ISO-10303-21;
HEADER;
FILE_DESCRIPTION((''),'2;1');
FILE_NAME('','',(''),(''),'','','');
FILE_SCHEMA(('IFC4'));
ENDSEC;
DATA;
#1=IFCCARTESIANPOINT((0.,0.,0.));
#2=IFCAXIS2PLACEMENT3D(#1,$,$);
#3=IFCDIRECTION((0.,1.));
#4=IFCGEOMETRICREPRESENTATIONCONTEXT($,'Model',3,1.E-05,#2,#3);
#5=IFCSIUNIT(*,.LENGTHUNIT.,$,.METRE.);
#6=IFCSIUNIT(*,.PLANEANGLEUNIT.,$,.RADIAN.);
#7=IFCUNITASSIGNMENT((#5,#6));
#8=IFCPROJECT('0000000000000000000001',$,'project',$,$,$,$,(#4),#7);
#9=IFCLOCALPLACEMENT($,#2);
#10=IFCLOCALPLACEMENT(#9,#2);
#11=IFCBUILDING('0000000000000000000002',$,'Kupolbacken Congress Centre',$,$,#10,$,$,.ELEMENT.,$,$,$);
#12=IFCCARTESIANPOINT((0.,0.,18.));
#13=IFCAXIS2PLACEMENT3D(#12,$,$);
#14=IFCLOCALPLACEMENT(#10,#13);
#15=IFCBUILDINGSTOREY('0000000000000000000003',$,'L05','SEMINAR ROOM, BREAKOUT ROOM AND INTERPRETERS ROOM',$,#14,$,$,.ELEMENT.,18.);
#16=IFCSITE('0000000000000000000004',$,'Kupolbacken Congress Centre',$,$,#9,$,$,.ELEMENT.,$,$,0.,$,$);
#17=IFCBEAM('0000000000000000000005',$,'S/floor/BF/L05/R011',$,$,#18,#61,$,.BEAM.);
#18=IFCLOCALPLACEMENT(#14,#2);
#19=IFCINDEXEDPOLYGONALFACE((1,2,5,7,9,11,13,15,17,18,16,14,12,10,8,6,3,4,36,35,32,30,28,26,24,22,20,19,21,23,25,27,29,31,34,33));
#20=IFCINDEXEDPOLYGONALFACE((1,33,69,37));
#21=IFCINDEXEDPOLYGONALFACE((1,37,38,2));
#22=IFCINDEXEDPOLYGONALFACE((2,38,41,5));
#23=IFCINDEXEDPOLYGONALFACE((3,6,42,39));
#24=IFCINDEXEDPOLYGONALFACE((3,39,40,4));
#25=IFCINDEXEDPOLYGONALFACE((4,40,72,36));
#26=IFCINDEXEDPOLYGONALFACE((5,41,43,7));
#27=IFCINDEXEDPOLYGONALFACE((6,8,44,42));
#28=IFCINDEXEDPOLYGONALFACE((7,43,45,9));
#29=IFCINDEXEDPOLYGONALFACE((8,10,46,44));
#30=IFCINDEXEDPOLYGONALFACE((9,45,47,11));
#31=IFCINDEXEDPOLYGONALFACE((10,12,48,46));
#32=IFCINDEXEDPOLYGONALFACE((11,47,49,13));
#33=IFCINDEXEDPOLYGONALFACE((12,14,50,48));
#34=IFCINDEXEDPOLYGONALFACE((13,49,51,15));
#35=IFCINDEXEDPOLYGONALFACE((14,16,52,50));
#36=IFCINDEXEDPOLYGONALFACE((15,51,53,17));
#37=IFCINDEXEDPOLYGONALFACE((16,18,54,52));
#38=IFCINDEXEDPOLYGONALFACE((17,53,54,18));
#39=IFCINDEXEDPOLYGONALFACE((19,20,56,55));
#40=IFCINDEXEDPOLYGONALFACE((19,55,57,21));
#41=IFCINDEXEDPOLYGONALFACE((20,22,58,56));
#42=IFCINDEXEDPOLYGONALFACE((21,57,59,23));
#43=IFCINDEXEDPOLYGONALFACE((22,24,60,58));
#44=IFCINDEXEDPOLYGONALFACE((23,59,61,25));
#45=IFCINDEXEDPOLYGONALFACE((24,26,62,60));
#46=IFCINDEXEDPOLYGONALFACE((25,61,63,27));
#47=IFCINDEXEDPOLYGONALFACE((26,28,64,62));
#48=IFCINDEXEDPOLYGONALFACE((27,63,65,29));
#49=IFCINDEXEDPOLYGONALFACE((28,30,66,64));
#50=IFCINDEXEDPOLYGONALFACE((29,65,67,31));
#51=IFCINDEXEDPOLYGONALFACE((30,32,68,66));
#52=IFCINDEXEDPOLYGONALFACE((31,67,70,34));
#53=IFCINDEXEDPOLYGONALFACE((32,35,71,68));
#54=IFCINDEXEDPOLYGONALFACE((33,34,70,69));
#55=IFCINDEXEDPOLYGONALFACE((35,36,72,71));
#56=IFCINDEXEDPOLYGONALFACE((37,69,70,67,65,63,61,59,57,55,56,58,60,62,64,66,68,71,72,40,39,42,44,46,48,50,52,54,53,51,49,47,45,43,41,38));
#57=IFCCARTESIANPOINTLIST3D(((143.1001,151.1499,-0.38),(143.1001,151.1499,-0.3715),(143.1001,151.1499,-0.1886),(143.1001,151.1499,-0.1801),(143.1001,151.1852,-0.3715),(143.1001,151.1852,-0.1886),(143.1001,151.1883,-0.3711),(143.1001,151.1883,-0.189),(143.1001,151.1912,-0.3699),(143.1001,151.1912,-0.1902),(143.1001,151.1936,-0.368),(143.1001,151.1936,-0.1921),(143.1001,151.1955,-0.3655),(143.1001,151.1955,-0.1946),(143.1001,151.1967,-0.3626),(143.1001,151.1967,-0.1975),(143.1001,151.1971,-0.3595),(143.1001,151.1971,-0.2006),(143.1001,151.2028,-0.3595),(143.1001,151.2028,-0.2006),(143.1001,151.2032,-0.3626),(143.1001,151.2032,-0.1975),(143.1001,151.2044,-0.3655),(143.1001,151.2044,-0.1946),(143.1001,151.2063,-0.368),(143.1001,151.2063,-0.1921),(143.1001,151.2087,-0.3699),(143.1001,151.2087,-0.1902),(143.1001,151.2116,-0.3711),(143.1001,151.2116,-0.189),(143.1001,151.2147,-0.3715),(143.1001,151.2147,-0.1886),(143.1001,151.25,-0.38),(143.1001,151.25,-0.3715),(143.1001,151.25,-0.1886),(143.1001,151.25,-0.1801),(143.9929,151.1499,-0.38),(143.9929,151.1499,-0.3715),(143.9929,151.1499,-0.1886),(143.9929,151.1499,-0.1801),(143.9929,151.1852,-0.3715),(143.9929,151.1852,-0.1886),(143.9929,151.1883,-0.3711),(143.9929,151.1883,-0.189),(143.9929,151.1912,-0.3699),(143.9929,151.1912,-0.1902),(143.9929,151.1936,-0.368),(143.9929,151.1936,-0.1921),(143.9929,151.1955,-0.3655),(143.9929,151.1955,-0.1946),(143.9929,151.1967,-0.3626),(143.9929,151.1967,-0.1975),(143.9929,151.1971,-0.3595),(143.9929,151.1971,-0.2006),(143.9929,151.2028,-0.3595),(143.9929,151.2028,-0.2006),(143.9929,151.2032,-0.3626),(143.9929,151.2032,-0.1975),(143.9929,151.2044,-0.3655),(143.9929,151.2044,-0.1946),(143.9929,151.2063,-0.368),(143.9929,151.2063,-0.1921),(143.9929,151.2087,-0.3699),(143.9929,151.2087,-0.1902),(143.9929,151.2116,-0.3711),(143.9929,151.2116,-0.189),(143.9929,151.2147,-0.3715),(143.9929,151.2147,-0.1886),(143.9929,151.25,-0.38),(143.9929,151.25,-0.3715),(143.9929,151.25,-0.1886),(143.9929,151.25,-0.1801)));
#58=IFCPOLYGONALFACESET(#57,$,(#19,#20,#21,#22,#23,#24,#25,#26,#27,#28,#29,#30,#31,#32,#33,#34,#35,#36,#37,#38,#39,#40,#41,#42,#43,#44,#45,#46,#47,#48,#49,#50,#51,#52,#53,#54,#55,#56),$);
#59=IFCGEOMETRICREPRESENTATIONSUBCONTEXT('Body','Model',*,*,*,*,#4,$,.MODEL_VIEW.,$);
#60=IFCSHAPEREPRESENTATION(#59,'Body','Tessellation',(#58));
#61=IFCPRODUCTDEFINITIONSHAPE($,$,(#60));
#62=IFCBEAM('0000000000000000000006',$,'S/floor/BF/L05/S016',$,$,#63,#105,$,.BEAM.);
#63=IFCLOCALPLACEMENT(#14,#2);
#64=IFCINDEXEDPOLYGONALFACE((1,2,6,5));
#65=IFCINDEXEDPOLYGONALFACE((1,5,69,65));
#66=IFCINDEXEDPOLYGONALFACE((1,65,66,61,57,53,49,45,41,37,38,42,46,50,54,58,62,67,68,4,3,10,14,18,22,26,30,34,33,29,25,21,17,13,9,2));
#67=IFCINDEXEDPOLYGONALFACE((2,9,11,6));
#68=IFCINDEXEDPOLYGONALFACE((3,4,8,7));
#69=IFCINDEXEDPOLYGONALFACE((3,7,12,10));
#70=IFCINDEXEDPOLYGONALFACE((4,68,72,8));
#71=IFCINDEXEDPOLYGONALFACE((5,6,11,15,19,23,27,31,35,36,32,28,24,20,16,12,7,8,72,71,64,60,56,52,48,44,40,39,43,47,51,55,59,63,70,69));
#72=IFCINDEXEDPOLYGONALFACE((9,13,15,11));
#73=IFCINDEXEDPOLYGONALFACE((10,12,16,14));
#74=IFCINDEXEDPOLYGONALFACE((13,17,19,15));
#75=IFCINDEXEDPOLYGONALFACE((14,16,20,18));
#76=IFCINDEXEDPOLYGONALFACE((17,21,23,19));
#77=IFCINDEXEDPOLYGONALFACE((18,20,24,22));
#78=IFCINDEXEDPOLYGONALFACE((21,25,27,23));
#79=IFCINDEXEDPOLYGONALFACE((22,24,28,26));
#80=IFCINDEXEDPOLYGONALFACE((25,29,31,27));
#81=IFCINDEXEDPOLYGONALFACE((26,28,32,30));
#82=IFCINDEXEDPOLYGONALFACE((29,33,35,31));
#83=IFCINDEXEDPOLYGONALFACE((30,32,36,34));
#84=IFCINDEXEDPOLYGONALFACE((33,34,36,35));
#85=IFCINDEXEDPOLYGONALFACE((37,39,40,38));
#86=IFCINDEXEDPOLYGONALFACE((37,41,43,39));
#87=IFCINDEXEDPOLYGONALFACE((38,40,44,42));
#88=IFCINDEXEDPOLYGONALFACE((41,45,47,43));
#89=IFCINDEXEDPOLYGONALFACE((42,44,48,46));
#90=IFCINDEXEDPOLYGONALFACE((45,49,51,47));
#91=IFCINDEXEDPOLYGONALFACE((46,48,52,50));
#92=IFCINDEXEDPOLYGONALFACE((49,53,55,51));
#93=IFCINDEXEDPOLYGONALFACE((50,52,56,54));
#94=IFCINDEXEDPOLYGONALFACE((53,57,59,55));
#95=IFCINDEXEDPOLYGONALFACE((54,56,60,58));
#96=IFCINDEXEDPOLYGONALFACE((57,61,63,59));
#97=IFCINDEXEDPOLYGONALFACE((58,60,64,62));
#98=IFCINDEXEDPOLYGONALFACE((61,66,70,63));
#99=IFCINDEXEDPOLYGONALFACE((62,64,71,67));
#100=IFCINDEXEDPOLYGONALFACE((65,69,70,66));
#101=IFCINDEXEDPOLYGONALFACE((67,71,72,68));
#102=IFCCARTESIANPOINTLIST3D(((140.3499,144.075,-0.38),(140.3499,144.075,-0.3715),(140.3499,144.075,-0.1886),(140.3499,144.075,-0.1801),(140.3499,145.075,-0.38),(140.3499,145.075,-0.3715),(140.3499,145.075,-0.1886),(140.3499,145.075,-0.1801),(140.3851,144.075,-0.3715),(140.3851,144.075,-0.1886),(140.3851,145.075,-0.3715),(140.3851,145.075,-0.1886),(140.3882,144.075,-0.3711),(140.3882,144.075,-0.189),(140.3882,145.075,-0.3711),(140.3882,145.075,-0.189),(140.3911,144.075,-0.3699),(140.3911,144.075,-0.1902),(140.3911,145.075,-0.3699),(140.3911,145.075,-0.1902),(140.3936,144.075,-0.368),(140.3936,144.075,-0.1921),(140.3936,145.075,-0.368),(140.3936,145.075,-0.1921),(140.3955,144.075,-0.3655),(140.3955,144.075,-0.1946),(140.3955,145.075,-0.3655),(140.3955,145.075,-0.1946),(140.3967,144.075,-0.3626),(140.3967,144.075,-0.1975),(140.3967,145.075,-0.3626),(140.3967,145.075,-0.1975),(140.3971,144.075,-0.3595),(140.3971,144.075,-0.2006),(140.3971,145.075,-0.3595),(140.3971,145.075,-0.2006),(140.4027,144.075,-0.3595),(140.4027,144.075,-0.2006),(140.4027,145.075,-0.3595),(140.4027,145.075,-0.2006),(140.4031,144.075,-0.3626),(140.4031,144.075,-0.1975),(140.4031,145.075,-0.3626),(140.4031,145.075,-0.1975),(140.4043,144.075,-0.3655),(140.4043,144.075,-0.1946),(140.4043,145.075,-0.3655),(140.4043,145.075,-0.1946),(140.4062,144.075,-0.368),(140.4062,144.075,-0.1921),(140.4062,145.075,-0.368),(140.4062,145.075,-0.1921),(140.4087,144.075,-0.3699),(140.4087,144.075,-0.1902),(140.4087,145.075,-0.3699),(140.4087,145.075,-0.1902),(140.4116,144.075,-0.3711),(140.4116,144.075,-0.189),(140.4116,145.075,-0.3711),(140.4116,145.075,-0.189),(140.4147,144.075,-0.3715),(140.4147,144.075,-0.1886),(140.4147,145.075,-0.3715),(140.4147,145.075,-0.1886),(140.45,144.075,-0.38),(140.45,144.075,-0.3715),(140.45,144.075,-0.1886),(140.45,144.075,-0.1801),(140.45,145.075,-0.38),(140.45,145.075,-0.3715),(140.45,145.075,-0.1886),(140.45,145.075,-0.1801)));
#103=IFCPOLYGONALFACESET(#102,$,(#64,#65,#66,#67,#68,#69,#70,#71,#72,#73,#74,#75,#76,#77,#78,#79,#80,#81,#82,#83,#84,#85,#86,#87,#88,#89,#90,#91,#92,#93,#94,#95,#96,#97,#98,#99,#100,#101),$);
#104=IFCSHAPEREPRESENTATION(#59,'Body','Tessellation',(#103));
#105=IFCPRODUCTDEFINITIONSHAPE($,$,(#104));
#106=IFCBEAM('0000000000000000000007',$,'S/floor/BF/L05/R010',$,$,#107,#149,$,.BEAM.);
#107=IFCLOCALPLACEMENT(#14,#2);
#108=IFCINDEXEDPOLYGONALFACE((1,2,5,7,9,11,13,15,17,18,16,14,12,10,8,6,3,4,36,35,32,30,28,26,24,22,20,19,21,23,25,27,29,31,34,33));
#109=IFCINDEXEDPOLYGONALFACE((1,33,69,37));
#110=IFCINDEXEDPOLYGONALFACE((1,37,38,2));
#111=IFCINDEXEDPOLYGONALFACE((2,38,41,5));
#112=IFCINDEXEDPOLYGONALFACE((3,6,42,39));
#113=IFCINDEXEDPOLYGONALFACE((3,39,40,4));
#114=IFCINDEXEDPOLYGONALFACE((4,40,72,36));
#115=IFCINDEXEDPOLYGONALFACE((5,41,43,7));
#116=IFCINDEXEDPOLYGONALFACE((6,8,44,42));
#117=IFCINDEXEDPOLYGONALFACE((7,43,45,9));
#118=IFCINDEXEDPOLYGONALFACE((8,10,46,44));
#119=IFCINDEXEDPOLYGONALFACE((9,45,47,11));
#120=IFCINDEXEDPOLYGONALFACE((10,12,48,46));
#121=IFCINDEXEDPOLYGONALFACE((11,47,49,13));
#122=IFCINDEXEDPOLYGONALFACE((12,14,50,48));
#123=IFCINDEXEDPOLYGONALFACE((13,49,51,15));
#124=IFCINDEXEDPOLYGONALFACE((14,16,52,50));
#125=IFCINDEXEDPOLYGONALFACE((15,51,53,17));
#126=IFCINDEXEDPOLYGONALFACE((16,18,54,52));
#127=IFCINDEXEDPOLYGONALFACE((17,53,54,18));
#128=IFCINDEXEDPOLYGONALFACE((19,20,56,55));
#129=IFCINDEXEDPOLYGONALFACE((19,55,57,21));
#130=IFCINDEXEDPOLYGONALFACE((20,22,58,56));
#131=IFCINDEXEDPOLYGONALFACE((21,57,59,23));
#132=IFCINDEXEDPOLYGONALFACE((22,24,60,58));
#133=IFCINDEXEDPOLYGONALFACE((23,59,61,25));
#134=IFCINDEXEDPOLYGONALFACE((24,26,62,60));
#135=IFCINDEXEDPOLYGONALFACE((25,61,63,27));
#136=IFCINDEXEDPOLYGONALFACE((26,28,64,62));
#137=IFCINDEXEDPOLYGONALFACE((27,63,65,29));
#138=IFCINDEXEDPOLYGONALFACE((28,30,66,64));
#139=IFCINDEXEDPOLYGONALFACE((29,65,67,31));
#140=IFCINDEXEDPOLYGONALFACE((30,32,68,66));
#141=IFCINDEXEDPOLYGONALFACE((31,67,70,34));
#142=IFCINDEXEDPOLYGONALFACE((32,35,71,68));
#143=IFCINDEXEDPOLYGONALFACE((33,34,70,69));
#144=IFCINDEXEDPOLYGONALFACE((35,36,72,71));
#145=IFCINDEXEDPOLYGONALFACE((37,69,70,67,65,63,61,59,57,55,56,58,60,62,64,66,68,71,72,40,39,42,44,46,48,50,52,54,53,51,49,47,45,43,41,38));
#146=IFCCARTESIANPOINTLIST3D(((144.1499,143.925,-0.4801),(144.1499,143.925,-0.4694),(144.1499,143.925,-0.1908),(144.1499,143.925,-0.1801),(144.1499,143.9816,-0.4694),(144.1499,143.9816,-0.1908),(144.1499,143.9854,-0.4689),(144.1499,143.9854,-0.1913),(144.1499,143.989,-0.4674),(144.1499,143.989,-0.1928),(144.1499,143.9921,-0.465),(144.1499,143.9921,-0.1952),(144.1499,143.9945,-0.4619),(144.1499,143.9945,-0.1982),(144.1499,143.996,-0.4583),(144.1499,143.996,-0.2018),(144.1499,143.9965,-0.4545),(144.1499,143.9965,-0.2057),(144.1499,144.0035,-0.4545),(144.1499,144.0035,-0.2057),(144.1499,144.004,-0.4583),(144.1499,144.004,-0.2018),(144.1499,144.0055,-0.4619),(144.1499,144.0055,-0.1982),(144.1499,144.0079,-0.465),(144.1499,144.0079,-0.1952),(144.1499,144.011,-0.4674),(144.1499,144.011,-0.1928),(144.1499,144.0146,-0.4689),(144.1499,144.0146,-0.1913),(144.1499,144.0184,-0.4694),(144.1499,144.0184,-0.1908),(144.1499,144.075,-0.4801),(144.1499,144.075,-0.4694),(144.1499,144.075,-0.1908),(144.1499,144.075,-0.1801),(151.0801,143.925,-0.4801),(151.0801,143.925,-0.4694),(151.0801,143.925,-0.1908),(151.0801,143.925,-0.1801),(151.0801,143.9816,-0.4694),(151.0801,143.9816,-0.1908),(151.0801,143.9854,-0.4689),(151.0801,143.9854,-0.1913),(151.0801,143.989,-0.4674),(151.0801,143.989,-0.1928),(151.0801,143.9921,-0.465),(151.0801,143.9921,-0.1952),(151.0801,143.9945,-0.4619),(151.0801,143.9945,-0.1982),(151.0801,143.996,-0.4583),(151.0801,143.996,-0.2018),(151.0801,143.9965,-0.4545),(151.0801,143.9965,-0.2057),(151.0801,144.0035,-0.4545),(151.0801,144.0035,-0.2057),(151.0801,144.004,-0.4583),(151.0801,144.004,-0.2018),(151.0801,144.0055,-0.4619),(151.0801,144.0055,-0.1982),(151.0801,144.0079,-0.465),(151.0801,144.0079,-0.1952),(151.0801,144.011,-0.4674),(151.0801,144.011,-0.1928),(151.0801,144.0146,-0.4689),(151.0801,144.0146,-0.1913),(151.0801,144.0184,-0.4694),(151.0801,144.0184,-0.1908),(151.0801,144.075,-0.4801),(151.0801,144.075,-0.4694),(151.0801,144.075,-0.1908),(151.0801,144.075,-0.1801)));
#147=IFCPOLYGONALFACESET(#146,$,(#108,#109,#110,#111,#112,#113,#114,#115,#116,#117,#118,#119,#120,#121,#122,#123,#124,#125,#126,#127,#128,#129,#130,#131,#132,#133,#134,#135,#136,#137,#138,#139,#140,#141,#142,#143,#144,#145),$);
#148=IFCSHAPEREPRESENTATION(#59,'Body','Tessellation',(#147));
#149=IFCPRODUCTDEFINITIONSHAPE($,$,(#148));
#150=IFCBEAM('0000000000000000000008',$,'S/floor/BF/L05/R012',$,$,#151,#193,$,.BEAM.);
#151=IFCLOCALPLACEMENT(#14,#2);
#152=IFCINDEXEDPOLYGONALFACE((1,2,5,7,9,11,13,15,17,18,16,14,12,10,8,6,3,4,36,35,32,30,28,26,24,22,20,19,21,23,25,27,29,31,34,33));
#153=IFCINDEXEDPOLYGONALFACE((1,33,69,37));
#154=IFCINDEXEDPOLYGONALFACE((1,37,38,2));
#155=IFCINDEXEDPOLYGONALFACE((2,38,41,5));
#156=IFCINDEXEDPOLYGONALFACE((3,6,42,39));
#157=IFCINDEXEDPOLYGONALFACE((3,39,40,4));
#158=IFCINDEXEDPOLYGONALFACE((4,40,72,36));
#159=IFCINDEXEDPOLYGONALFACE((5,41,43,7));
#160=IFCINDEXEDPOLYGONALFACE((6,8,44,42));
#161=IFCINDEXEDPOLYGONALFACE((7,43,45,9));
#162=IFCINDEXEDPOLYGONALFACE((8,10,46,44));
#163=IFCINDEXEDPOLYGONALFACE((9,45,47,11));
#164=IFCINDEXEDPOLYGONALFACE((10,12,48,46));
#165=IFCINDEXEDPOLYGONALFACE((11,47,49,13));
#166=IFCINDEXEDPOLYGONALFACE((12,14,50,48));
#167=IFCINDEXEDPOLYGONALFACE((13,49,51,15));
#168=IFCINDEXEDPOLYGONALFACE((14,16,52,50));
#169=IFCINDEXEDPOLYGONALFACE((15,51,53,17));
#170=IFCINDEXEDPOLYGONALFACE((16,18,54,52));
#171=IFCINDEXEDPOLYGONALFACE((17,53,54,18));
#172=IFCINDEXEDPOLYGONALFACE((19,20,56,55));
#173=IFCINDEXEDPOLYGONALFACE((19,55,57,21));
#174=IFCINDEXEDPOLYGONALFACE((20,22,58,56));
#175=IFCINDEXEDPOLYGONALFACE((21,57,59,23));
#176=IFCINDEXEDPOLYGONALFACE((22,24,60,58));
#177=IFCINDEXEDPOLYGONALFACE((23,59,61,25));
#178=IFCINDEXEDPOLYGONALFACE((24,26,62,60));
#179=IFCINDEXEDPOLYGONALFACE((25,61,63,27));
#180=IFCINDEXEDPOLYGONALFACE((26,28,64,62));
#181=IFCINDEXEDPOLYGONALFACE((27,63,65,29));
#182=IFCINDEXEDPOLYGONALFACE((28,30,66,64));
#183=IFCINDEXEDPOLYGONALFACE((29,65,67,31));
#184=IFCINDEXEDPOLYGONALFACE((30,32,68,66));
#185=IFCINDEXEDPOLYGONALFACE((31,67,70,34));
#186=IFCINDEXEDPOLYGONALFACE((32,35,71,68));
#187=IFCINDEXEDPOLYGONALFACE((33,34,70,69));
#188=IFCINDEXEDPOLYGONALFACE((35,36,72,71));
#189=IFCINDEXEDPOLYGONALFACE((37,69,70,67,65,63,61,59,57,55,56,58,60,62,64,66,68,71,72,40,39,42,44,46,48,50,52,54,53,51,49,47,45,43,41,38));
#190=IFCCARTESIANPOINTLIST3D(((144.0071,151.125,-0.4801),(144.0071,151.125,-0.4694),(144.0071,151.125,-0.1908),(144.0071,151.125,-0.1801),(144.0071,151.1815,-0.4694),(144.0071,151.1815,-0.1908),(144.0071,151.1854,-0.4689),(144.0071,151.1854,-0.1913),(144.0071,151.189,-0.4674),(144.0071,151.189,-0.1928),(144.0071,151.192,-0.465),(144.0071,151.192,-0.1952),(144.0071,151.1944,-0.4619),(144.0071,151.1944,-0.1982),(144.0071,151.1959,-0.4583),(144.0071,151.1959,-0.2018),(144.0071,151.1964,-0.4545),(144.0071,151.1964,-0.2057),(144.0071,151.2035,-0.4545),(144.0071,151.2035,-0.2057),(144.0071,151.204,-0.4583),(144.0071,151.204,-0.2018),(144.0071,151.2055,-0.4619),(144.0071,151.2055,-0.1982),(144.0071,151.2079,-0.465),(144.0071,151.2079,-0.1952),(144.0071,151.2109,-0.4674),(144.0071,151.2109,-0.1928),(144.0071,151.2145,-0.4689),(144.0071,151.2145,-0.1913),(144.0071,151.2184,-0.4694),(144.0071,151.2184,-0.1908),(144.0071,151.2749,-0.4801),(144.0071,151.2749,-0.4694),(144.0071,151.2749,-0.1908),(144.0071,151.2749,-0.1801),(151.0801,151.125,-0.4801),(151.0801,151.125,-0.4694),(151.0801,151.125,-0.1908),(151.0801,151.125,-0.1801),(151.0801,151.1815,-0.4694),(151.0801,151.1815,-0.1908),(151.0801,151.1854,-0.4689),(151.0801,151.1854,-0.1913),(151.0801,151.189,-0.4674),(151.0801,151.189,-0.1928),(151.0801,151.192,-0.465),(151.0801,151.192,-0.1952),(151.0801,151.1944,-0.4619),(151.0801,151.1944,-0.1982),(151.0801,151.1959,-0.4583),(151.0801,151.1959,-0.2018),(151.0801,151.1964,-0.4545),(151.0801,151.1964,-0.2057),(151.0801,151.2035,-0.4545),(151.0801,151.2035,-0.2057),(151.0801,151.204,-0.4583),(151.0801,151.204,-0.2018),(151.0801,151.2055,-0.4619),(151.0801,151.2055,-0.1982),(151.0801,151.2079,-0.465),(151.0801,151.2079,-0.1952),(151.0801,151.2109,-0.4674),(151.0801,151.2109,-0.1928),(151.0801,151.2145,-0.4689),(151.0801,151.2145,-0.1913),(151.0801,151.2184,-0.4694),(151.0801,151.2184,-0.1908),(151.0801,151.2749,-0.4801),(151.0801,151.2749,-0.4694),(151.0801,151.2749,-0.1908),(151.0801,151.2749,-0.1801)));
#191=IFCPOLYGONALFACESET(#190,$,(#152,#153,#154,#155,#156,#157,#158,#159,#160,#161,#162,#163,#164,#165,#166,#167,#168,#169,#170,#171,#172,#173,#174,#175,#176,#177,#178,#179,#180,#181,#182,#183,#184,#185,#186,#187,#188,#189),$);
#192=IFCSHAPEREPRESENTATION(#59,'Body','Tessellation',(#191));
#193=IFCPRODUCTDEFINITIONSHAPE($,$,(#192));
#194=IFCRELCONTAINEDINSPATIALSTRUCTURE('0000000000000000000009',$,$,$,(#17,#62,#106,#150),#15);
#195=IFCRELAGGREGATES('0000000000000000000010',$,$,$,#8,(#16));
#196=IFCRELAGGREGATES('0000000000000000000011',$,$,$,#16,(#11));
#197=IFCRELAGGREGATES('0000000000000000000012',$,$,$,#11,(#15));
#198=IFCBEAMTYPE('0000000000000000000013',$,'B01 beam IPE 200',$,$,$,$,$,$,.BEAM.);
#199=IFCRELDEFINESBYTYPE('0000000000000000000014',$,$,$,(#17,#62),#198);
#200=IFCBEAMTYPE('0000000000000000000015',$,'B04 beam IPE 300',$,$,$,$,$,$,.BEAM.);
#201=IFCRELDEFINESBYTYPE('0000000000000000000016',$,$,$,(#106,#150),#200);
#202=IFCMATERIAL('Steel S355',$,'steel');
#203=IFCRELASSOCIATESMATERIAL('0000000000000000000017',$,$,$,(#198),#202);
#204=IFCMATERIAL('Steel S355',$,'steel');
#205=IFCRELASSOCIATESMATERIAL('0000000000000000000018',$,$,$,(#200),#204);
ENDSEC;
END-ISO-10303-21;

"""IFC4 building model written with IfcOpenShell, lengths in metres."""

from ifc_helpers import new_model, si_unit, direction, frame, origin, origin_2d, place, context, subcontext, project, spatial, i_section, extrude, material, material_profile, profile_set, type_object, element, save


model = new_model("IFC4")

# Units and contexts
model_context = context("Model", 3, precision=1e-05, world=origin(), true_north=direction((0.0, 1.0)))
body_context = subcontext(model_context, "Body", "Model", "MODEL_VIEW")
ifc_project = project(units=[si_unit("LENGTHUNIT", "METRE"), si_unit("PLANEANGLEUNIT", "RADIAN")], contexts=[model_context])

# Site, building, storey
site_placement = place(None, origin())
site = spatial("IfcSite", under=ifc_project, at=site_placement, Name="Kupolbacken Congress Centre", CompositionType="ELEMENT", RefElevation=0.0)
building_placement = place(site_placement, origin())
building = spatial("IfcBuilding", under=site, at=building_placement, Name="Kupolbacken Congress Centre", CompositionType="ELEMENT")
storey_placement = place(building_placement, frame((0.0, 0.0, 18.0)))
storey = spatial("IfcBuildingStorey", under=building, at=storey_placement, Name="L05", Description="SEMINAR ROOM, BREAKOUT ROOM AND INTERPRETERS ROOM", CompositionType="ELEMENT", Elevation=18.0)

# Beams
ifc_material_1 = material(Name="Steel S355", Category="steel")
ifc_material_profile_1 = material_profile(ifc_material_1, i_section(OverallWidth=0.1001, OverallDepth=0.2, WebThickness=0.0056, FlangeThickness=0.0085, FilletRadius=0.012, at=origin_2d()), Name="IPE 200")
ifc_profile_set_1 = profile_set([ifc_material_profile_1], Name="Steel S355")
beam_type_1 = type_object("IfcBeamType", Name="B01 beam IPE 200", PredefinedType="BEAM", material=ifc_profile_set_1)
beam_1_placement = place(storey_placement, frame((143.1001, 151.2, -0.28), z_axis=(1.0, 0.0, 0.0), x_axis=(0.0, 1.0, 0.0)))
element("IfcBeam", 1, at=beam_1_placement, inside=storey, type_object=beam_type_1, Name="S/floor/BF/L05/R011", PredefinedType="BEAM", context=body_context, shape_type="SweptSolid", body=[
    extrude(i_section(OverallWidth=0.1001, OverallDepth=0.2, WebThickness=0.0056, FlangeThickness=0.0085, FilletRadius=0.012, at=origin_2d()), origin(), (0.0, 0.0, 1.0), 0.8928),
])
beam_2_placement = place(storey_placement, frame((140.3999, 144.075, -0.28), z_axis=(0.0, 1.0, 0.0), x_axis=(-1.0, 0.0, 0.0)))
element("IfcBeam", 2, at=beam_2_placement, inside=storey, type_object=beam_type_1, Name="S/floor/BF/L05/S016", PredefinedType="BEAM", context=body_context, shape_type="SweptSolid", body=[
    extrude(i_section(OverallWidth=0.1001, OverallDepth=0.2, WebThickness=0.0056, FlangeThickness=0.0085, FilletRadius=0.012, at=origin_2d()), origin(), (0.0, 0.0, 1.0), 1.0),
])
ifc_material_2 = material(Name="Steel S355", Category="steel")
ifc_material_profile_2 = material_profile(ifc_material_2, i_section(OverallWidth=0.1499, OverallDepth=0.3, WebThickness=0.0071, FlangeThickness=0.0107, FilletRadius=0.0149, at=origin_2d()), Name="IPE 300")
ifc_profile_set_2 = profile_set([ifc_material_profile_2], Name="Steel S355")
beam_type_2 = type_object("IfcBeamType", Name="B04 beam IPE 300", PredefinedType="BEAM", material=ifc_profile_set_2)
beam_3_placement = place(storey_placement, frame((144.1499, 144.0, -0.3301), z_axis=(1.0, 0.0, 0.0), x_axis=(0.0, 1.0, 0.0)))
element("IfcBeam", 3, at=beam_3_placement, inside=storey, type_object=beam_type_2, Name="S/floor/BF/L05/R010", PredefinedType="BEAM", context=body_context, shape_type="SweptSolid", body=[
    extrude(i_section(OverallWidth=0.1499, OverallDepth=0.3, WebThickness=0.0071, FlangeThickness=0.0107, FilletRadius=0.0149, at=origin_2d()), origin(), (0.0, 0.0, 1.0), 6.9302),
])
beam_4_placement = place(storey_placement, frame((144.0071, 151.2, -0.3301), z_axis=(1.0, 0.0, 0.0), x_axis=(0.0, 1.0, 0.0)))
element("IfcBeam", 4, at=beam_4_placement, inside=storey, type_object=beam_type_2, Name="S/floor/BF/L05/R012", PredefinedType="BEAM", context=body_context, shape_type="SweptSolid", body=[
    extrude(i_section(OverallWidth=0.1499, OverallDepth=0.3, WebThickness=0.0071, FlangeThickness=0.0107, FilletRadius=0.0149, at=origin_2d()), origin(), (0.0, 0.0, 1.0), 7.073),
])

save(model, "model.ifc")
